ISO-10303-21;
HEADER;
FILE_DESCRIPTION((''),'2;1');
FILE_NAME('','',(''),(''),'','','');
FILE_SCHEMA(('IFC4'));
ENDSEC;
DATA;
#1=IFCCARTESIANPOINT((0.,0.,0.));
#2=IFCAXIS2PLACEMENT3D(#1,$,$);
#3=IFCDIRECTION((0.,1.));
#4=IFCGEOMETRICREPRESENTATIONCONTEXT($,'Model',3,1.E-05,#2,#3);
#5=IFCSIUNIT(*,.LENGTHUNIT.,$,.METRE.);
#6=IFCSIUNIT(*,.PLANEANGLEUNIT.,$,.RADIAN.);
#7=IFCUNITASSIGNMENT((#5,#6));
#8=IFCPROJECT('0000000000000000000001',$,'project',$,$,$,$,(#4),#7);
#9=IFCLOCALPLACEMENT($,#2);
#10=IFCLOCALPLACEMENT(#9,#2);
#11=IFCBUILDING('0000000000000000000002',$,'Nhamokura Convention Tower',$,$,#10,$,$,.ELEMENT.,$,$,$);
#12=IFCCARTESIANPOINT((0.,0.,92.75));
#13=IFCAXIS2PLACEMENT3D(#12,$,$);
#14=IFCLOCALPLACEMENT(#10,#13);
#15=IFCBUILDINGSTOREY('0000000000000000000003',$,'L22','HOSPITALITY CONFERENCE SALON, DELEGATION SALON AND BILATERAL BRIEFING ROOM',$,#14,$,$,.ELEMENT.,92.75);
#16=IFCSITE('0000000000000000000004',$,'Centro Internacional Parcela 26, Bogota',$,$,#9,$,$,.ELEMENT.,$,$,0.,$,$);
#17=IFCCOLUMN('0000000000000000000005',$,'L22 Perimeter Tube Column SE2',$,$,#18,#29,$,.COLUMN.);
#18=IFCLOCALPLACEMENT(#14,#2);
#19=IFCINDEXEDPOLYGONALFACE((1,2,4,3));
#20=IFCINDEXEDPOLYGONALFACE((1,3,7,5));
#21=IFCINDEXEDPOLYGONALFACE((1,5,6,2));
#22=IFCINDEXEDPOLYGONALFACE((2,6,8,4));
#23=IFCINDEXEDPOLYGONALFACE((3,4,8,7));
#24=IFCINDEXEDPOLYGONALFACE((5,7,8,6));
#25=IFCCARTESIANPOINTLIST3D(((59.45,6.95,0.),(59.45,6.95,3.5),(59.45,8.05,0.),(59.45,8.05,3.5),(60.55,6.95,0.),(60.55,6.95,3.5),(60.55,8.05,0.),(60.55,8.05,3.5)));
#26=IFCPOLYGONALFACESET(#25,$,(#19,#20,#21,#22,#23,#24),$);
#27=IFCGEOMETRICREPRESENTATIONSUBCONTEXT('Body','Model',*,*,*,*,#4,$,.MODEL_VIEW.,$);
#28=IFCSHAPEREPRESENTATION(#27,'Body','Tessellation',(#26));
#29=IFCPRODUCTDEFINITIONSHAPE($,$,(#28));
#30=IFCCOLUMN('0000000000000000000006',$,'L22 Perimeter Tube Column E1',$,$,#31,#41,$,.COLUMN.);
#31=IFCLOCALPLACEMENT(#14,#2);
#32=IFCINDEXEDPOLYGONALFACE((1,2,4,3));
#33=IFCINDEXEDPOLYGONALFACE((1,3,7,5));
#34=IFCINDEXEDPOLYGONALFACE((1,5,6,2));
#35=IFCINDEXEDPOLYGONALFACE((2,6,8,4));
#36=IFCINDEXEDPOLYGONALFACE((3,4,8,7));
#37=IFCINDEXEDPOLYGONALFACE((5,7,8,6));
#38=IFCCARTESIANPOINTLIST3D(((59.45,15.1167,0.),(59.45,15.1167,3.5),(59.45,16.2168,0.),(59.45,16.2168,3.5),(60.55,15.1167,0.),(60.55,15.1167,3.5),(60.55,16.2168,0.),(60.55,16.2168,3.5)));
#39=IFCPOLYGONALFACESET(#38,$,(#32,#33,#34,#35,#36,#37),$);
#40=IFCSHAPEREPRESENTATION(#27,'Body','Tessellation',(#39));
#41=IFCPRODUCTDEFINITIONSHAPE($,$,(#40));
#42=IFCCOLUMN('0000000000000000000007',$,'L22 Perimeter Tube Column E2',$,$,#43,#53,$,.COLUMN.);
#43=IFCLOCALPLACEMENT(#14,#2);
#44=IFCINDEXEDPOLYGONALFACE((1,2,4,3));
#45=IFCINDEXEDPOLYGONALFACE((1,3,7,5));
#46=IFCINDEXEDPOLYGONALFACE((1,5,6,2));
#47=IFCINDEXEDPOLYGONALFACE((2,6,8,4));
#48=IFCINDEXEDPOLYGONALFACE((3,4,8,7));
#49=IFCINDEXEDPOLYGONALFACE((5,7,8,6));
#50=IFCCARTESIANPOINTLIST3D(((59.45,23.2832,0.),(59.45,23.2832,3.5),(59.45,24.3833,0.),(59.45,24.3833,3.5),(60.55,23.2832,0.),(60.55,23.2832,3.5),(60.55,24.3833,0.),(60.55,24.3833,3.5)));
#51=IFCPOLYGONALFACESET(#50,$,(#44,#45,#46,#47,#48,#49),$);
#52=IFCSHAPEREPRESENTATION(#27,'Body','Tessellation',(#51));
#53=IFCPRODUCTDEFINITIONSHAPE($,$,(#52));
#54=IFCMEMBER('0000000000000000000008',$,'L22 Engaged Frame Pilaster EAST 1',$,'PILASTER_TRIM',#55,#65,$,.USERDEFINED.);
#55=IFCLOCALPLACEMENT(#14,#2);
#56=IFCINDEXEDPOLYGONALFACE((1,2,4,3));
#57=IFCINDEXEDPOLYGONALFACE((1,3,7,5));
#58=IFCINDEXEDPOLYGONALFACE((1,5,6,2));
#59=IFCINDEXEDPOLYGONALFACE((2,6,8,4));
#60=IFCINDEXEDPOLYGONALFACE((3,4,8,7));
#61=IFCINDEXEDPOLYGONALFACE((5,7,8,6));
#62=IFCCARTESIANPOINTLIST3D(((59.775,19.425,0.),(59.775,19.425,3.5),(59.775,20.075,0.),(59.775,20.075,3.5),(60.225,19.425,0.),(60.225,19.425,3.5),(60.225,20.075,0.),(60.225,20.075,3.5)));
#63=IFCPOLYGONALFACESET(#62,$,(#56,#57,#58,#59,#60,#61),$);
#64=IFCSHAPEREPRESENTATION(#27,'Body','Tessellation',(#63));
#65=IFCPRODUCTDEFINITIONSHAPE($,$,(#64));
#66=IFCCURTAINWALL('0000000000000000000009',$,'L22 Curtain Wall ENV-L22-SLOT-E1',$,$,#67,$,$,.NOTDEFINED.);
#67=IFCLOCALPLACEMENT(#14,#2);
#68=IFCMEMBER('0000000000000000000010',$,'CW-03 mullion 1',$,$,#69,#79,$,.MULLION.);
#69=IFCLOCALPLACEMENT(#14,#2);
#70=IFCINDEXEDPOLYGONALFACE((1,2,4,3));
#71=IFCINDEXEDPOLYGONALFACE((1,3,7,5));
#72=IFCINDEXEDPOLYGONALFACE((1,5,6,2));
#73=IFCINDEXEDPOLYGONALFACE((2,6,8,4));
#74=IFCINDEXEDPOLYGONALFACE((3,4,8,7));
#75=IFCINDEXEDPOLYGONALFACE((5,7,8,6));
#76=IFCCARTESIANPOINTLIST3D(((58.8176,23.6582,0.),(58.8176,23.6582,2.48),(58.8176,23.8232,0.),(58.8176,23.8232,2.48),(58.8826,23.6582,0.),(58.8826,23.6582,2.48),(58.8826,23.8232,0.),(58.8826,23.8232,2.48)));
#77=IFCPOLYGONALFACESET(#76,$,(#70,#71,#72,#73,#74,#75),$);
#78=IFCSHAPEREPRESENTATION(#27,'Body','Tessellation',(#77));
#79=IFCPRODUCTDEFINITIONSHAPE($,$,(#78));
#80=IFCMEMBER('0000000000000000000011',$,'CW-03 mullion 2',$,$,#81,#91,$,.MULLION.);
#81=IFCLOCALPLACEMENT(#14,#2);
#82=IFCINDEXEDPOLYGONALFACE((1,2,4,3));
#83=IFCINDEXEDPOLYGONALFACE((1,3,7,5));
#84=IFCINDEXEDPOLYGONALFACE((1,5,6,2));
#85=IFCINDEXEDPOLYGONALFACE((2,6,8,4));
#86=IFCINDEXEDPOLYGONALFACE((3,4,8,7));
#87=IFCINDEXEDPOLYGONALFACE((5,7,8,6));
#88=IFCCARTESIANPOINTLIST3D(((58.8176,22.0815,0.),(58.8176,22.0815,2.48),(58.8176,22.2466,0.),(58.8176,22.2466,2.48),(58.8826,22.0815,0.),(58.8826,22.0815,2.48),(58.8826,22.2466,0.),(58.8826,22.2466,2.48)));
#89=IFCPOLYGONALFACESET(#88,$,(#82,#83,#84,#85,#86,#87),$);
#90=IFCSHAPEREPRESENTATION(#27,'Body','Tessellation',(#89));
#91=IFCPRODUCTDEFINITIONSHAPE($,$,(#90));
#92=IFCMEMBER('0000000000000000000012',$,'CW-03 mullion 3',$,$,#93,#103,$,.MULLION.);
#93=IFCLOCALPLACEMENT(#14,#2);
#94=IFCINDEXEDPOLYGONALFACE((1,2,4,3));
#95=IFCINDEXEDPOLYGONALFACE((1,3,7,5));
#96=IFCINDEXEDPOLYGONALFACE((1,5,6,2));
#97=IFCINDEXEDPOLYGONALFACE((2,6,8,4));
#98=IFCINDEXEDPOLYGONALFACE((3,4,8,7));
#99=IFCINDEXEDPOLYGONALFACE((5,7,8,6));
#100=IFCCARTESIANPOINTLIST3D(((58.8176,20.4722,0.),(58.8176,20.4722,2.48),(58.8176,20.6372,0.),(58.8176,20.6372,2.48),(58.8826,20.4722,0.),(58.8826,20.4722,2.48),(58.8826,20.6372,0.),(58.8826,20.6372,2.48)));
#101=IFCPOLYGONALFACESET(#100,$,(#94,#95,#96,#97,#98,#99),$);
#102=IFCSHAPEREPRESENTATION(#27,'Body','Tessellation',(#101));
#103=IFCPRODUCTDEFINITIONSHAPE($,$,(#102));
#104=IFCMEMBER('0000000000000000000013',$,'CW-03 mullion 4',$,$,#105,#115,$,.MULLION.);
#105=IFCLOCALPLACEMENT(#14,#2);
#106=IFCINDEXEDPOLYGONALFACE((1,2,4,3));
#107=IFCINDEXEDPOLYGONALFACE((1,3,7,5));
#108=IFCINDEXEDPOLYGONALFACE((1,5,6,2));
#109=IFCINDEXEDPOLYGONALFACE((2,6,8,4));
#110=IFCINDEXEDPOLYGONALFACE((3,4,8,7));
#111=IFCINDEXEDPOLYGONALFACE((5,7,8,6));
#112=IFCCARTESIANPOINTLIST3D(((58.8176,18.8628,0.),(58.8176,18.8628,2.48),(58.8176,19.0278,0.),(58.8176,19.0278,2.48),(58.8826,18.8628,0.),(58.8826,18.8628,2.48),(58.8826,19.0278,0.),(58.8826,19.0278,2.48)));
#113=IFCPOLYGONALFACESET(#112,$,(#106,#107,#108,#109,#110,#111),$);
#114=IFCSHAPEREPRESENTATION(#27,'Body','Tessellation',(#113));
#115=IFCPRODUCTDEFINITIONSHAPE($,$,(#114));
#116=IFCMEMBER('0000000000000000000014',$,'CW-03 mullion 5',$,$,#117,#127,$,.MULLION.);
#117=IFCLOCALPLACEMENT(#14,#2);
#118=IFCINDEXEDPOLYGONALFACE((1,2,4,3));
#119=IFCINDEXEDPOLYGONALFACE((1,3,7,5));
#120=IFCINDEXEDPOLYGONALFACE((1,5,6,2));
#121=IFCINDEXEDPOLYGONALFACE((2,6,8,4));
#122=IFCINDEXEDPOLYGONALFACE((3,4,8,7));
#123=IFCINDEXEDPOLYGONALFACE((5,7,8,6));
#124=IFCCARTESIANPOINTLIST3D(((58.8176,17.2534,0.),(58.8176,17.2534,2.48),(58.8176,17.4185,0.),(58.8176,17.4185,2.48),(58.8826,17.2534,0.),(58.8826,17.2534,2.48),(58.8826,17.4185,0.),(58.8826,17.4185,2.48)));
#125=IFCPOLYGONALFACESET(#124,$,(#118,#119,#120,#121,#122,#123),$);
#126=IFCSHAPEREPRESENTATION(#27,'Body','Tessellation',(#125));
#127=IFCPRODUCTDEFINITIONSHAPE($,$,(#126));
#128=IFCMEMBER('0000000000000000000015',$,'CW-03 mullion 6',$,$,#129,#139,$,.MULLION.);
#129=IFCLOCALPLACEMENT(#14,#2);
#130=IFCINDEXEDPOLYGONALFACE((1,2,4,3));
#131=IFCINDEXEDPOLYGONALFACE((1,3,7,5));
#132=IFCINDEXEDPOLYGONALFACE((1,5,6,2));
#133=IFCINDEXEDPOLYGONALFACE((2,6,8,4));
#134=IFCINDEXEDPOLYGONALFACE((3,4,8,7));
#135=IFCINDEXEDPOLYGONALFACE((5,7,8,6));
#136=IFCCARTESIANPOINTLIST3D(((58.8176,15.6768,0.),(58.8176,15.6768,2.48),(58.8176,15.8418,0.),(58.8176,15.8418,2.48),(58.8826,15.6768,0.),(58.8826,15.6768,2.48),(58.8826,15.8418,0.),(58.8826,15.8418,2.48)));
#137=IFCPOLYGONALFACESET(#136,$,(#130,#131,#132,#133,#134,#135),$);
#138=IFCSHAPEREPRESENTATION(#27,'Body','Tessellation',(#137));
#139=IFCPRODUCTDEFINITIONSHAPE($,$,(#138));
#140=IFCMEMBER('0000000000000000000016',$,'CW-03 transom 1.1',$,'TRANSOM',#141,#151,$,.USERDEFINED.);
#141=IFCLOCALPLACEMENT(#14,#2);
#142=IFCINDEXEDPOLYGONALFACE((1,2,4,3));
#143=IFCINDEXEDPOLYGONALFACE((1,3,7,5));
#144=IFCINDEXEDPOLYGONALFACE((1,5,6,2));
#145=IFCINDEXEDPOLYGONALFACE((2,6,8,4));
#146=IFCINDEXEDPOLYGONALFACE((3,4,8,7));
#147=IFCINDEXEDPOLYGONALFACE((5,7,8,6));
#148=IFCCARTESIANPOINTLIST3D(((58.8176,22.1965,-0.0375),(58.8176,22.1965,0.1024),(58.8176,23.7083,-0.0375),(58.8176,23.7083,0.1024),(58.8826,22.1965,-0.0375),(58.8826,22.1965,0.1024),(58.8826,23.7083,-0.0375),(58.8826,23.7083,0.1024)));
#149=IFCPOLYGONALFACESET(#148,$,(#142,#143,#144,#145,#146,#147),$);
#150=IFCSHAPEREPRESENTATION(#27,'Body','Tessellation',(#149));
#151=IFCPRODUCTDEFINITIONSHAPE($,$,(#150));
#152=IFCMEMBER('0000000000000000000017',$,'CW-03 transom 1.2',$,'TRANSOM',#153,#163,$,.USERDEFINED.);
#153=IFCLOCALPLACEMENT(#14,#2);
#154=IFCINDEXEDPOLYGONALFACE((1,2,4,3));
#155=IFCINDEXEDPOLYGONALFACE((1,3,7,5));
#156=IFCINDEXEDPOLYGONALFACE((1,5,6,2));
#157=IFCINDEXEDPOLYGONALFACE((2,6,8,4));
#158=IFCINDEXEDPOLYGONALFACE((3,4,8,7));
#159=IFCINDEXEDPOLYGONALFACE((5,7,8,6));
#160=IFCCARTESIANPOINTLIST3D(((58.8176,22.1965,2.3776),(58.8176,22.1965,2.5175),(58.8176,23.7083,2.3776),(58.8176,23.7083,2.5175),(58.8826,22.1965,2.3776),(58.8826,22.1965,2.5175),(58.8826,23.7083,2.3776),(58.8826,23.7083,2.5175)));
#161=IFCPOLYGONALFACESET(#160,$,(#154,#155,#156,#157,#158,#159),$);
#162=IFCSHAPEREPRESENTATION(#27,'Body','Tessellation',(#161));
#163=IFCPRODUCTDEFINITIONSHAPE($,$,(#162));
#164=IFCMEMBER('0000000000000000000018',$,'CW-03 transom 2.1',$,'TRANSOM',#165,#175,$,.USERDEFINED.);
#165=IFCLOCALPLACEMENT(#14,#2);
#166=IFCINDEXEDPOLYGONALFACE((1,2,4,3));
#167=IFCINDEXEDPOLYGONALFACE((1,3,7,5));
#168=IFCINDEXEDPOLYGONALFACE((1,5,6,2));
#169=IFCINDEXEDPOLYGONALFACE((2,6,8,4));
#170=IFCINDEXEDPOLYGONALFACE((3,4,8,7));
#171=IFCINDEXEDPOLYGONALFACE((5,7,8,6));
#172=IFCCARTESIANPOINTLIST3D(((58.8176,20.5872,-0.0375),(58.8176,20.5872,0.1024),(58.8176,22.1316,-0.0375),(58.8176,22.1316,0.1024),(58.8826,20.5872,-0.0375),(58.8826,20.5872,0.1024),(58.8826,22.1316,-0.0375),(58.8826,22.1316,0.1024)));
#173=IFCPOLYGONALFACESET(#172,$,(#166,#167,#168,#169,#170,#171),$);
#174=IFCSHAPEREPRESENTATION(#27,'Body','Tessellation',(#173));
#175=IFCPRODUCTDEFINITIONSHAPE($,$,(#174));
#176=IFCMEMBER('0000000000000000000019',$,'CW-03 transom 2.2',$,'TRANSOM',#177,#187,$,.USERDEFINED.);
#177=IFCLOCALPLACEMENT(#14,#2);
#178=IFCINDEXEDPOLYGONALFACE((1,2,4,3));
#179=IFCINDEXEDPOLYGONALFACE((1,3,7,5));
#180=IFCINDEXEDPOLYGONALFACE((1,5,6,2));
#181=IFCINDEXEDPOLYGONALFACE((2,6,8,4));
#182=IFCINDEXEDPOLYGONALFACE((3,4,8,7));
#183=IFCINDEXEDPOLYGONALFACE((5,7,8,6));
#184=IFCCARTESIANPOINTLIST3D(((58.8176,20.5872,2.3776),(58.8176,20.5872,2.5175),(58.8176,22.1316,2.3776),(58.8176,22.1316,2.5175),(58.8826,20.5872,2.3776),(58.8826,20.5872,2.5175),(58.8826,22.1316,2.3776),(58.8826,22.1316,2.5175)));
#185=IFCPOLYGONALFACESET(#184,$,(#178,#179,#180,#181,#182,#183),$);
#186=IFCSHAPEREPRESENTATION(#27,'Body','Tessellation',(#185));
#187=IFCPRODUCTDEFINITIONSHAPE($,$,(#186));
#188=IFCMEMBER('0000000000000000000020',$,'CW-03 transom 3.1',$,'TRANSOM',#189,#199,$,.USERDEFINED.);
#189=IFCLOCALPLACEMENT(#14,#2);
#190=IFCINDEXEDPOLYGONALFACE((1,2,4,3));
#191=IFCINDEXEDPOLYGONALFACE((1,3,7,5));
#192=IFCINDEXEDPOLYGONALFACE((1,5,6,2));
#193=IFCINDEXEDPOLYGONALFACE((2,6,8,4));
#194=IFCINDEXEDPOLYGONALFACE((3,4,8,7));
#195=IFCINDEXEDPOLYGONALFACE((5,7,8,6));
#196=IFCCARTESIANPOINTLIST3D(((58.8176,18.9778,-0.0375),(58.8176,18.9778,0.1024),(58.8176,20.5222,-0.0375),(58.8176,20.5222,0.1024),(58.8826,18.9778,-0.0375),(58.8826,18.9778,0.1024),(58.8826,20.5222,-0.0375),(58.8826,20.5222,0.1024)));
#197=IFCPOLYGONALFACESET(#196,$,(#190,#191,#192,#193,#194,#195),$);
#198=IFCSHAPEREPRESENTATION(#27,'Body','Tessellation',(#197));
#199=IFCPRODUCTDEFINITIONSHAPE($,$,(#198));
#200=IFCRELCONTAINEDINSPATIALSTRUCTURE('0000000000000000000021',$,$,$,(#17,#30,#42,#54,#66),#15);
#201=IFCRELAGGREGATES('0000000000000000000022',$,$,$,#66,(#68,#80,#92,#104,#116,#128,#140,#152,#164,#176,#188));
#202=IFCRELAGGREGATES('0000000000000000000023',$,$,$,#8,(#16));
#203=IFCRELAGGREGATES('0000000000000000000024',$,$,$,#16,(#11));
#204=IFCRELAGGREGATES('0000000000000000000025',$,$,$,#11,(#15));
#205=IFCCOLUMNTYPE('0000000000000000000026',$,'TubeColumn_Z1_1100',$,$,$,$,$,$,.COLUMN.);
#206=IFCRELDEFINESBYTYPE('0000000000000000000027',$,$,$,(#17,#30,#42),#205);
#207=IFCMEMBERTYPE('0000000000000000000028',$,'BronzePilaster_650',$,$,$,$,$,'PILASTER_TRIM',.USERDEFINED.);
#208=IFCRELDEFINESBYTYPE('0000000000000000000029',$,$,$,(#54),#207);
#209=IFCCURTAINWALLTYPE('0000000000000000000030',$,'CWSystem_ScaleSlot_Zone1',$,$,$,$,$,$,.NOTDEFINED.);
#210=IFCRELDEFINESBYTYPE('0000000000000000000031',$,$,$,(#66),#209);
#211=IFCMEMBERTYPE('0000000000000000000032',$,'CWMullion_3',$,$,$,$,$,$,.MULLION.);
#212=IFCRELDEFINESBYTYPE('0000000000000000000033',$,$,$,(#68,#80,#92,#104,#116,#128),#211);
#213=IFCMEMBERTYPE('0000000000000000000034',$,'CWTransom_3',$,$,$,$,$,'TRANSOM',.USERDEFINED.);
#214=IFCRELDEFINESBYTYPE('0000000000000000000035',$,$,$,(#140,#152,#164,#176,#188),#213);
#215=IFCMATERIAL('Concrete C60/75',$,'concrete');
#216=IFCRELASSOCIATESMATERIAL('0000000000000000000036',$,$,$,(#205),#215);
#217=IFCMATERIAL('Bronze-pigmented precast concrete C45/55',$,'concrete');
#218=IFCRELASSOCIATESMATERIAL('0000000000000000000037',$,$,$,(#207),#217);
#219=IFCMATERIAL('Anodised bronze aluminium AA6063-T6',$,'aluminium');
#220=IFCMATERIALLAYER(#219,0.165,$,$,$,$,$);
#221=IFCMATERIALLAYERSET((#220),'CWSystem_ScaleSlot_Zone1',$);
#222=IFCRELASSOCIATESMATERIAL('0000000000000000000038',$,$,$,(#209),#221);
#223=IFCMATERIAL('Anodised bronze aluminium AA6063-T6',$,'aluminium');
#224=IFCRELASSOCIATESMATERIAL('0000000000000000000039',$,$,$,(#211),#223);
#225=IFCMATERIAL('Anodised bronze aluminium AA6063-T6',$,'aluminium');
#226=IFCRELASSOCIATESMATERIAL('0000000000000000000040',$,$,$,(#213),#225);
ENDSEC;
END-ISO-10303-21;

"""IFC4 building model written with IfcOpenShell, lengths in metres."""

from ifc_helpers import new_model, si_unit, direction, frame, origin, origin_2d, place, context, subcontext, project, spatial, rectangle, extrude, material, layer, layer_set, material_profile, profile_set, type_object, element, aggregate, save


model = new_model("IFC4")

# Units and contexts
model_context = context("Model", 3, precision=1e-05, world=origin(), true_north=direction((0.0, 1.0)))
body_context = subcontext(model_context, "Body", "Model", "MODEL_VIEW")
ifc_project = project(units=[si_unit("LENGTHUNIT", "METRE"), si_unit("PLANEANGLEUNIT", "RADIAN")], contexts=[model_context])

# Site, building, storey
site_placement = place(None, origin())
site = spatial("IfcSite", under=ifc_project, at=site_placement, Name="Centro Internacional Parcela 26, Bogota", CompositionType="ELEMENT", RefElevation=0.0)
building_placement = place(site_placement, origin())
building = spatial("IfcBuilding", under=site, at=building_placement, Name="Nhamokura Convention Tower", CompositionType="ELEMENT")
storey_placement = place(building_placement, frame((0.0, 0.0, 92.75)))
storey = spatial("IfcBuildingStorey", under=building, at=storey_placement, Name="L22", Description="HOSPITALITY CONFERENCE SALON, DELEGATION SALON AND BILATERAL BRIEFING ROOM", CompositionType="ELEMENT", Elevation=92.75)

# Columns
ifc_material_1 = material(Name="Concrete C60/75", Category="concrete")
ifc_material_profile_1 = material_profile(ifc_material_1, rectangle(XDim=1.1001, YDim=1.1001, at=origin_2d()))
ifc_profile_set_1 = profile_set([ifc_material_profile_1], Name="Concrete C60/75")
column_type = type_object("IfcColumnType", Name="TubeColumn_Z1_1100", PredefinedType="COLUMN", material=ifc_profile_set_1)
for number, where, z_axis, x_axis, name in (
    (1, (60.0, 7.5, 0.0), (0.0, 0.0, 1.0), (1.0, 0.0, 0.0), "L22 Perimeter Tube Column SE2"),
    (2, (60.0, 15.6667, 0.0), (0.0, 0.0, 1.0), (1.0, 0.0, 0.0), "L22 Perimeter Tube Column E1"),
    (3, (60.0, 23.8333, 0.0), (0.0, 0.0, 1.0), (1.0, 0.0, 0.0), "L22 Perimeter Tube Column E2"),
):
    element("IfcColumn", number, at=place(storey_placement, frame(where, z_axis=z_axis, x_axis=x_axis)), inside=storey, type_object=column_type, Name=name, PredefinedType="COLUMN", context=body_context, shape_type="SweptSolid", body=[
        extrude(rectangle(XDim=1.1001, YDim=1.1001, at=origin_2d()), origin(), (0.0, 0.0, 1.0), 3.5),
    ])

# Member
ifc_material_2 = material(Name="Bronze-pigmented precast concrete C45/55", Category="concrete")
ifc_material_profile_2 = material_profile(ifc_material_2, rectangle(XDim=0.45, YDim=0.6499, at=origin_2d()))
ifc_profile_set_2 = profile_set([ifc_material_profile_2], Name="Bronze-pigmented precast concrete C45/55")
member_type_1 = type_object("IfcMemberType", Name="BronzePilaster_650", ElementType="PILASTER_TRIM", PredefinedType="USERDEFINED", material=ifc_profile_set_2)
member_1_placement = place(storey_placement, frame((60.0, 19.75, 0.0), z_axis=(0.0, 0.0, 1.0), x_axis=(1.0, 0.0, 0.0)))
element("IfcMember", 4, at=member_1_placement, inside=storey, type_object=member_type_1, Name="L22 Engaged Frame Pilaster EAST 1", ObjectType="PILASTER_TRIM", PredefinedType="USERDEFINED", context=body_context, shape_type="SweptSolid", body=[
    extrude(rectangle(XDim=0.45, YDim=0.6499, at=origin_2d()), origin(), (0.0, 0.0, 1.0), 3.5),
])

# Curtain wall, members
ifc_material_3 = material(Name="Anodised bronze aluminium AA6063-T6", Category="aluminium")
ifc_layer_1 = layer(ifc_material_3, 0.165)
ifc_layer_set_1 = layer_set([ifc_layer_1], Name="CWSystem_ScaleSlot_Zone1")
curtain_wall_type = type_object("IfcCurtainWallType", Name="CWSystem_ScaleSlot_Zone1", PredefinedType="NOTDEFINED", material=ifc_layer_set_1)
curtain_wall_placement = place(storey_placement, origin())
curtain_wall = element("IfcCurtainWall", 5, at=curtain_wall_placement, inside=storey, type_object=curtain_wall_type, Name="L22 Curtain Wall ENV-L22-SLOT-E1", PredefinedType="NOTDEFINED")
ifc_material_4 = material(Name="Anodised bronze aluminium AA6063-T6", Category="aluminium")
ifc_material_profile_3 = material_profile(ifc_material_4, rectangle(XDim=0.0649, YDim=0.165, at=origin_2d()))
ifc_profile_set_3 = profile_set([ifc_material_profile_3], Name="Anodised bronze aluminium AA6063-T6")
member_type_2 = type_object("IfcMemberType", Name="CWMullion_3", PredefinedType="MULLION", material=ifc_profile_set_3)
member_2_placement = place(storey_placement, frame((58.8501, 23.7407, 0.0), z_axis=(0.0, 0.0, 1.0), x_axis=(1.0, 0.0, 0.0)))
member_2 = element("IfcMember", 6, at=member_2_placement, type_object=member_type_2, Name="CW-03 mullion 1", PredefinedType="MULLION", context=body_context, shape_type="SweptSolid", body=[
    extrude(rectangle(XDim=0.0649, YDim=0.165, at=origin_2d()), origin(), (0.0, 0.0, 1.0), 2.48),
])
member_3_placement = place(storey_placement, frame((58.8501, 22.1641, 0.0), z_axis=(0.0, 0.0, 1.0), x_axis=(1.0, 0.0, 0.0)))
member_3 = element("IfcMember", 7, at=member_3_placement, type_object=member_type_2, Name="CW-03 mullion 2", PredefinedType="MULLION", context=body_context, shape_type="SweptSolid", body=[
    extrude(rectangle(XDim=0.0649, YDim=0.165, at=origin_2d()), origin(), (0.0, 0.0, 1.0), 2.48),
])
member_4_placement = place(storey_placement, frame((58.8501, 20.5547, 0.0), z_axis=(0.0, 0.0, 1.0), x_axis=(1.0, 0.0, 0.0)))
member_4 = element("IfcMember", 8, at=member_4_placement, type_object=member_type_2, Name="CW-03 mullion 3", PredefinedType="MULLION", context=body_context, shape_type="SweptSolid", body=[
    extrude(rectangle(XDim=0.0649, YDim=0.165, at=origin_2d()), origin(), (0.0, 0.0, 1.0), 2.48),
])
member_5_placement = place(storey_placement, frame((58.8501, 18.9453, 0.0), z_axis=(0.0, 0.0, 1.0), x_axis=(1.0, 0.0, 0.0)))
member_5 = element("IfcMember", 9, at=member_5_placement, type_object=member_type_2, Name="CW-03 mullion 4", PredefinedType="MULLION", context=body_context, shape_type="SweptSolid", body=[
    extrude(rectangle(XDim=0.0649, YDim=0.165, at=origin_2d()), origin(), (0.0, 0.0, 1.0), 2.48),
])
member_6_placement = place(storey_placement, frame((58.8501, 17.3359, 0.0), z_axis=(0.0, 0.0, 1.0), x_axis=(1.0, 0.0, 0.0)))
member_6 = element("IfcMember", 10, at=member_6_placement, type_object=member_type_2, Name="CW-03 mullion 5", PredefinedType="MULLION", context=body_context, shape_type="SweptSolid", body=[
    extrude(rectangle(XDim=0.0649, YDim=0.165, at=origin_2d()), origin(), (0.0, 0.0, 1.0), 2.48),
])
member_7_placement = place(storey_placement, frame((58.8501, 15.7593, 0.0), z_axis=(0.0, 0.0, 1.0), x_axis=(1.0, 0.0, 0.0)))
member_7 = element("IfcMember", 11, at=member_7_placement, type_object=member_type_2, Name="CW-03 mullion 6", PredefinedType="MULLION", context=body_context, shape_type="SweptSolid", body=[
    extrude(rectangle(XDim=0.0649, YDim=0.165, at=origin_2d()), origin(), (0.0, 0.0, 1.0), 2.48),
])
ifc_material_5 = material(Name="Anodised bronze aluminium AA6063-T6", Category="aluminium")
ifc_material_profile_4 = material_profile(ifc_material_5, rectangle(XDim=0.0649, YDim=0.1399, at=origin_2d()))
ifc_profile_set_4 = profile_set([ifc_material_profile_4], Name="Anodised bronze aluminium AA6063-T6")
member_type_3 = type_object("IfcMemberType", Name="CWTransom_3", ElementType="TRANSOM", PredefinedType="USERDEFINED", material=ifc_profile_set_4)
member_8_placement = place(storey_placement, frame((58.8501, 23.7083, 0.0325), z_axis=(0.0, -1.0, 0.0), x_axis=(1.0, 0.0, 0.0)))
member_8 = element("IfcMember", 12, at=member_8_placement, type_object=member_type_3, Name="CW-03 transom 1.1", ObjectType="TRANSOM", PredefinedType="USERDEFINED", context=body_context, shape_type="SweptSolid", body=[
    extrude(rectangle(XDim=0.0649, YDim=0.1399, at=origin_2d()), origin(), (0.0, 0.0, 1.0), 1.5117),
])
member_9_placement = place(storey_placement, frame((58.8501, 23.7083, 2.4475), z_axis=(0.0, -1.0, 0.0), x_axis=(1.0, 0.0, 0.0)))
member_9 = element("IfcMember", 13, at=member_9_placement, type_object=member_type_3, Name="CW-03 transom 1.2", ObjectType="TRANSOM", PredefinedType="USERDEFINED", context=body_context, shape_type="SweptSolid", body=[
    extrude(rectangle(XDim=0.0649, YDim=0.1399, at=origin_2d()), origin(), (0.0, 0.0, 1.0), 1.5117),
])
member_10_placement = place(storey_placement, frame((58.8501, 22.1316, 0.0325), z_axis=(0.0, -1.0, 0.0), x_axis=(1.0, 0.0, 0.0)))
member_10 = element("IfcMember", 14, at=member_10_placement, type_object=member_type_3, Name="CW-03 transom 2.1", ObjectType="TRANSOM", PredefinedType="USERDEFINED", context=body_context, shape_type="SweptSolid", body=[
    extrude(rectangle(XDim=0.0649, YDim=0.1399, at=origin_2d()), origin(), (0.0, 0.0, 1.0), 1.5444),
])
member_11_placement = place(storey_placement, frame((58.8501, 22.1316, 2.4475), z_axis=(0.0, -1.0, 0.0), x_axis=(1.0, 0.0, 0.0)))
member_11 = element("IfcMember", 15, at=member_11_placement, type_object=member_type_3, Name="CW-03 transom 2.2", ObjectType="TRANSOM", PredefinedType="USERDEFINED", context=body_context, shape_type="SweptSolid", body=[
    extrude(rectangle(XDim=0.0649, YDim=0.1399, at=origin_2d()), origin(), (0.0, 0.0, 1.0), 1.5444),
])
member_12_placement = place(storey_placement, frame((58.8501, 20.5222, 0.0325), z_axis=(0.0, -1.0, 0.0), x_axis=(1.0, 0.0, 0.0)))
member_12 = element("IfcMember", 16, at=member_12_placement, type_object=member_type_3, Name="CW-03 transom 3.1", ObjectType="TRANSOM", PredefinedType="USERDEFINED", context=body_context, shape_type="SweptSolid", body=[
    extrude(rectangle(XDim=0.0649, YDim=0.1399, at=origin_2d()), origin(), (0.0, 0.0, 1.0), 1.5444),
])

aggregate(curtain_wall, [member_2, member_3, member_4, member_5, member_6, member_7, member_8, member_9, member_10, member_11, member_12])

save(model, "model.ifc")
